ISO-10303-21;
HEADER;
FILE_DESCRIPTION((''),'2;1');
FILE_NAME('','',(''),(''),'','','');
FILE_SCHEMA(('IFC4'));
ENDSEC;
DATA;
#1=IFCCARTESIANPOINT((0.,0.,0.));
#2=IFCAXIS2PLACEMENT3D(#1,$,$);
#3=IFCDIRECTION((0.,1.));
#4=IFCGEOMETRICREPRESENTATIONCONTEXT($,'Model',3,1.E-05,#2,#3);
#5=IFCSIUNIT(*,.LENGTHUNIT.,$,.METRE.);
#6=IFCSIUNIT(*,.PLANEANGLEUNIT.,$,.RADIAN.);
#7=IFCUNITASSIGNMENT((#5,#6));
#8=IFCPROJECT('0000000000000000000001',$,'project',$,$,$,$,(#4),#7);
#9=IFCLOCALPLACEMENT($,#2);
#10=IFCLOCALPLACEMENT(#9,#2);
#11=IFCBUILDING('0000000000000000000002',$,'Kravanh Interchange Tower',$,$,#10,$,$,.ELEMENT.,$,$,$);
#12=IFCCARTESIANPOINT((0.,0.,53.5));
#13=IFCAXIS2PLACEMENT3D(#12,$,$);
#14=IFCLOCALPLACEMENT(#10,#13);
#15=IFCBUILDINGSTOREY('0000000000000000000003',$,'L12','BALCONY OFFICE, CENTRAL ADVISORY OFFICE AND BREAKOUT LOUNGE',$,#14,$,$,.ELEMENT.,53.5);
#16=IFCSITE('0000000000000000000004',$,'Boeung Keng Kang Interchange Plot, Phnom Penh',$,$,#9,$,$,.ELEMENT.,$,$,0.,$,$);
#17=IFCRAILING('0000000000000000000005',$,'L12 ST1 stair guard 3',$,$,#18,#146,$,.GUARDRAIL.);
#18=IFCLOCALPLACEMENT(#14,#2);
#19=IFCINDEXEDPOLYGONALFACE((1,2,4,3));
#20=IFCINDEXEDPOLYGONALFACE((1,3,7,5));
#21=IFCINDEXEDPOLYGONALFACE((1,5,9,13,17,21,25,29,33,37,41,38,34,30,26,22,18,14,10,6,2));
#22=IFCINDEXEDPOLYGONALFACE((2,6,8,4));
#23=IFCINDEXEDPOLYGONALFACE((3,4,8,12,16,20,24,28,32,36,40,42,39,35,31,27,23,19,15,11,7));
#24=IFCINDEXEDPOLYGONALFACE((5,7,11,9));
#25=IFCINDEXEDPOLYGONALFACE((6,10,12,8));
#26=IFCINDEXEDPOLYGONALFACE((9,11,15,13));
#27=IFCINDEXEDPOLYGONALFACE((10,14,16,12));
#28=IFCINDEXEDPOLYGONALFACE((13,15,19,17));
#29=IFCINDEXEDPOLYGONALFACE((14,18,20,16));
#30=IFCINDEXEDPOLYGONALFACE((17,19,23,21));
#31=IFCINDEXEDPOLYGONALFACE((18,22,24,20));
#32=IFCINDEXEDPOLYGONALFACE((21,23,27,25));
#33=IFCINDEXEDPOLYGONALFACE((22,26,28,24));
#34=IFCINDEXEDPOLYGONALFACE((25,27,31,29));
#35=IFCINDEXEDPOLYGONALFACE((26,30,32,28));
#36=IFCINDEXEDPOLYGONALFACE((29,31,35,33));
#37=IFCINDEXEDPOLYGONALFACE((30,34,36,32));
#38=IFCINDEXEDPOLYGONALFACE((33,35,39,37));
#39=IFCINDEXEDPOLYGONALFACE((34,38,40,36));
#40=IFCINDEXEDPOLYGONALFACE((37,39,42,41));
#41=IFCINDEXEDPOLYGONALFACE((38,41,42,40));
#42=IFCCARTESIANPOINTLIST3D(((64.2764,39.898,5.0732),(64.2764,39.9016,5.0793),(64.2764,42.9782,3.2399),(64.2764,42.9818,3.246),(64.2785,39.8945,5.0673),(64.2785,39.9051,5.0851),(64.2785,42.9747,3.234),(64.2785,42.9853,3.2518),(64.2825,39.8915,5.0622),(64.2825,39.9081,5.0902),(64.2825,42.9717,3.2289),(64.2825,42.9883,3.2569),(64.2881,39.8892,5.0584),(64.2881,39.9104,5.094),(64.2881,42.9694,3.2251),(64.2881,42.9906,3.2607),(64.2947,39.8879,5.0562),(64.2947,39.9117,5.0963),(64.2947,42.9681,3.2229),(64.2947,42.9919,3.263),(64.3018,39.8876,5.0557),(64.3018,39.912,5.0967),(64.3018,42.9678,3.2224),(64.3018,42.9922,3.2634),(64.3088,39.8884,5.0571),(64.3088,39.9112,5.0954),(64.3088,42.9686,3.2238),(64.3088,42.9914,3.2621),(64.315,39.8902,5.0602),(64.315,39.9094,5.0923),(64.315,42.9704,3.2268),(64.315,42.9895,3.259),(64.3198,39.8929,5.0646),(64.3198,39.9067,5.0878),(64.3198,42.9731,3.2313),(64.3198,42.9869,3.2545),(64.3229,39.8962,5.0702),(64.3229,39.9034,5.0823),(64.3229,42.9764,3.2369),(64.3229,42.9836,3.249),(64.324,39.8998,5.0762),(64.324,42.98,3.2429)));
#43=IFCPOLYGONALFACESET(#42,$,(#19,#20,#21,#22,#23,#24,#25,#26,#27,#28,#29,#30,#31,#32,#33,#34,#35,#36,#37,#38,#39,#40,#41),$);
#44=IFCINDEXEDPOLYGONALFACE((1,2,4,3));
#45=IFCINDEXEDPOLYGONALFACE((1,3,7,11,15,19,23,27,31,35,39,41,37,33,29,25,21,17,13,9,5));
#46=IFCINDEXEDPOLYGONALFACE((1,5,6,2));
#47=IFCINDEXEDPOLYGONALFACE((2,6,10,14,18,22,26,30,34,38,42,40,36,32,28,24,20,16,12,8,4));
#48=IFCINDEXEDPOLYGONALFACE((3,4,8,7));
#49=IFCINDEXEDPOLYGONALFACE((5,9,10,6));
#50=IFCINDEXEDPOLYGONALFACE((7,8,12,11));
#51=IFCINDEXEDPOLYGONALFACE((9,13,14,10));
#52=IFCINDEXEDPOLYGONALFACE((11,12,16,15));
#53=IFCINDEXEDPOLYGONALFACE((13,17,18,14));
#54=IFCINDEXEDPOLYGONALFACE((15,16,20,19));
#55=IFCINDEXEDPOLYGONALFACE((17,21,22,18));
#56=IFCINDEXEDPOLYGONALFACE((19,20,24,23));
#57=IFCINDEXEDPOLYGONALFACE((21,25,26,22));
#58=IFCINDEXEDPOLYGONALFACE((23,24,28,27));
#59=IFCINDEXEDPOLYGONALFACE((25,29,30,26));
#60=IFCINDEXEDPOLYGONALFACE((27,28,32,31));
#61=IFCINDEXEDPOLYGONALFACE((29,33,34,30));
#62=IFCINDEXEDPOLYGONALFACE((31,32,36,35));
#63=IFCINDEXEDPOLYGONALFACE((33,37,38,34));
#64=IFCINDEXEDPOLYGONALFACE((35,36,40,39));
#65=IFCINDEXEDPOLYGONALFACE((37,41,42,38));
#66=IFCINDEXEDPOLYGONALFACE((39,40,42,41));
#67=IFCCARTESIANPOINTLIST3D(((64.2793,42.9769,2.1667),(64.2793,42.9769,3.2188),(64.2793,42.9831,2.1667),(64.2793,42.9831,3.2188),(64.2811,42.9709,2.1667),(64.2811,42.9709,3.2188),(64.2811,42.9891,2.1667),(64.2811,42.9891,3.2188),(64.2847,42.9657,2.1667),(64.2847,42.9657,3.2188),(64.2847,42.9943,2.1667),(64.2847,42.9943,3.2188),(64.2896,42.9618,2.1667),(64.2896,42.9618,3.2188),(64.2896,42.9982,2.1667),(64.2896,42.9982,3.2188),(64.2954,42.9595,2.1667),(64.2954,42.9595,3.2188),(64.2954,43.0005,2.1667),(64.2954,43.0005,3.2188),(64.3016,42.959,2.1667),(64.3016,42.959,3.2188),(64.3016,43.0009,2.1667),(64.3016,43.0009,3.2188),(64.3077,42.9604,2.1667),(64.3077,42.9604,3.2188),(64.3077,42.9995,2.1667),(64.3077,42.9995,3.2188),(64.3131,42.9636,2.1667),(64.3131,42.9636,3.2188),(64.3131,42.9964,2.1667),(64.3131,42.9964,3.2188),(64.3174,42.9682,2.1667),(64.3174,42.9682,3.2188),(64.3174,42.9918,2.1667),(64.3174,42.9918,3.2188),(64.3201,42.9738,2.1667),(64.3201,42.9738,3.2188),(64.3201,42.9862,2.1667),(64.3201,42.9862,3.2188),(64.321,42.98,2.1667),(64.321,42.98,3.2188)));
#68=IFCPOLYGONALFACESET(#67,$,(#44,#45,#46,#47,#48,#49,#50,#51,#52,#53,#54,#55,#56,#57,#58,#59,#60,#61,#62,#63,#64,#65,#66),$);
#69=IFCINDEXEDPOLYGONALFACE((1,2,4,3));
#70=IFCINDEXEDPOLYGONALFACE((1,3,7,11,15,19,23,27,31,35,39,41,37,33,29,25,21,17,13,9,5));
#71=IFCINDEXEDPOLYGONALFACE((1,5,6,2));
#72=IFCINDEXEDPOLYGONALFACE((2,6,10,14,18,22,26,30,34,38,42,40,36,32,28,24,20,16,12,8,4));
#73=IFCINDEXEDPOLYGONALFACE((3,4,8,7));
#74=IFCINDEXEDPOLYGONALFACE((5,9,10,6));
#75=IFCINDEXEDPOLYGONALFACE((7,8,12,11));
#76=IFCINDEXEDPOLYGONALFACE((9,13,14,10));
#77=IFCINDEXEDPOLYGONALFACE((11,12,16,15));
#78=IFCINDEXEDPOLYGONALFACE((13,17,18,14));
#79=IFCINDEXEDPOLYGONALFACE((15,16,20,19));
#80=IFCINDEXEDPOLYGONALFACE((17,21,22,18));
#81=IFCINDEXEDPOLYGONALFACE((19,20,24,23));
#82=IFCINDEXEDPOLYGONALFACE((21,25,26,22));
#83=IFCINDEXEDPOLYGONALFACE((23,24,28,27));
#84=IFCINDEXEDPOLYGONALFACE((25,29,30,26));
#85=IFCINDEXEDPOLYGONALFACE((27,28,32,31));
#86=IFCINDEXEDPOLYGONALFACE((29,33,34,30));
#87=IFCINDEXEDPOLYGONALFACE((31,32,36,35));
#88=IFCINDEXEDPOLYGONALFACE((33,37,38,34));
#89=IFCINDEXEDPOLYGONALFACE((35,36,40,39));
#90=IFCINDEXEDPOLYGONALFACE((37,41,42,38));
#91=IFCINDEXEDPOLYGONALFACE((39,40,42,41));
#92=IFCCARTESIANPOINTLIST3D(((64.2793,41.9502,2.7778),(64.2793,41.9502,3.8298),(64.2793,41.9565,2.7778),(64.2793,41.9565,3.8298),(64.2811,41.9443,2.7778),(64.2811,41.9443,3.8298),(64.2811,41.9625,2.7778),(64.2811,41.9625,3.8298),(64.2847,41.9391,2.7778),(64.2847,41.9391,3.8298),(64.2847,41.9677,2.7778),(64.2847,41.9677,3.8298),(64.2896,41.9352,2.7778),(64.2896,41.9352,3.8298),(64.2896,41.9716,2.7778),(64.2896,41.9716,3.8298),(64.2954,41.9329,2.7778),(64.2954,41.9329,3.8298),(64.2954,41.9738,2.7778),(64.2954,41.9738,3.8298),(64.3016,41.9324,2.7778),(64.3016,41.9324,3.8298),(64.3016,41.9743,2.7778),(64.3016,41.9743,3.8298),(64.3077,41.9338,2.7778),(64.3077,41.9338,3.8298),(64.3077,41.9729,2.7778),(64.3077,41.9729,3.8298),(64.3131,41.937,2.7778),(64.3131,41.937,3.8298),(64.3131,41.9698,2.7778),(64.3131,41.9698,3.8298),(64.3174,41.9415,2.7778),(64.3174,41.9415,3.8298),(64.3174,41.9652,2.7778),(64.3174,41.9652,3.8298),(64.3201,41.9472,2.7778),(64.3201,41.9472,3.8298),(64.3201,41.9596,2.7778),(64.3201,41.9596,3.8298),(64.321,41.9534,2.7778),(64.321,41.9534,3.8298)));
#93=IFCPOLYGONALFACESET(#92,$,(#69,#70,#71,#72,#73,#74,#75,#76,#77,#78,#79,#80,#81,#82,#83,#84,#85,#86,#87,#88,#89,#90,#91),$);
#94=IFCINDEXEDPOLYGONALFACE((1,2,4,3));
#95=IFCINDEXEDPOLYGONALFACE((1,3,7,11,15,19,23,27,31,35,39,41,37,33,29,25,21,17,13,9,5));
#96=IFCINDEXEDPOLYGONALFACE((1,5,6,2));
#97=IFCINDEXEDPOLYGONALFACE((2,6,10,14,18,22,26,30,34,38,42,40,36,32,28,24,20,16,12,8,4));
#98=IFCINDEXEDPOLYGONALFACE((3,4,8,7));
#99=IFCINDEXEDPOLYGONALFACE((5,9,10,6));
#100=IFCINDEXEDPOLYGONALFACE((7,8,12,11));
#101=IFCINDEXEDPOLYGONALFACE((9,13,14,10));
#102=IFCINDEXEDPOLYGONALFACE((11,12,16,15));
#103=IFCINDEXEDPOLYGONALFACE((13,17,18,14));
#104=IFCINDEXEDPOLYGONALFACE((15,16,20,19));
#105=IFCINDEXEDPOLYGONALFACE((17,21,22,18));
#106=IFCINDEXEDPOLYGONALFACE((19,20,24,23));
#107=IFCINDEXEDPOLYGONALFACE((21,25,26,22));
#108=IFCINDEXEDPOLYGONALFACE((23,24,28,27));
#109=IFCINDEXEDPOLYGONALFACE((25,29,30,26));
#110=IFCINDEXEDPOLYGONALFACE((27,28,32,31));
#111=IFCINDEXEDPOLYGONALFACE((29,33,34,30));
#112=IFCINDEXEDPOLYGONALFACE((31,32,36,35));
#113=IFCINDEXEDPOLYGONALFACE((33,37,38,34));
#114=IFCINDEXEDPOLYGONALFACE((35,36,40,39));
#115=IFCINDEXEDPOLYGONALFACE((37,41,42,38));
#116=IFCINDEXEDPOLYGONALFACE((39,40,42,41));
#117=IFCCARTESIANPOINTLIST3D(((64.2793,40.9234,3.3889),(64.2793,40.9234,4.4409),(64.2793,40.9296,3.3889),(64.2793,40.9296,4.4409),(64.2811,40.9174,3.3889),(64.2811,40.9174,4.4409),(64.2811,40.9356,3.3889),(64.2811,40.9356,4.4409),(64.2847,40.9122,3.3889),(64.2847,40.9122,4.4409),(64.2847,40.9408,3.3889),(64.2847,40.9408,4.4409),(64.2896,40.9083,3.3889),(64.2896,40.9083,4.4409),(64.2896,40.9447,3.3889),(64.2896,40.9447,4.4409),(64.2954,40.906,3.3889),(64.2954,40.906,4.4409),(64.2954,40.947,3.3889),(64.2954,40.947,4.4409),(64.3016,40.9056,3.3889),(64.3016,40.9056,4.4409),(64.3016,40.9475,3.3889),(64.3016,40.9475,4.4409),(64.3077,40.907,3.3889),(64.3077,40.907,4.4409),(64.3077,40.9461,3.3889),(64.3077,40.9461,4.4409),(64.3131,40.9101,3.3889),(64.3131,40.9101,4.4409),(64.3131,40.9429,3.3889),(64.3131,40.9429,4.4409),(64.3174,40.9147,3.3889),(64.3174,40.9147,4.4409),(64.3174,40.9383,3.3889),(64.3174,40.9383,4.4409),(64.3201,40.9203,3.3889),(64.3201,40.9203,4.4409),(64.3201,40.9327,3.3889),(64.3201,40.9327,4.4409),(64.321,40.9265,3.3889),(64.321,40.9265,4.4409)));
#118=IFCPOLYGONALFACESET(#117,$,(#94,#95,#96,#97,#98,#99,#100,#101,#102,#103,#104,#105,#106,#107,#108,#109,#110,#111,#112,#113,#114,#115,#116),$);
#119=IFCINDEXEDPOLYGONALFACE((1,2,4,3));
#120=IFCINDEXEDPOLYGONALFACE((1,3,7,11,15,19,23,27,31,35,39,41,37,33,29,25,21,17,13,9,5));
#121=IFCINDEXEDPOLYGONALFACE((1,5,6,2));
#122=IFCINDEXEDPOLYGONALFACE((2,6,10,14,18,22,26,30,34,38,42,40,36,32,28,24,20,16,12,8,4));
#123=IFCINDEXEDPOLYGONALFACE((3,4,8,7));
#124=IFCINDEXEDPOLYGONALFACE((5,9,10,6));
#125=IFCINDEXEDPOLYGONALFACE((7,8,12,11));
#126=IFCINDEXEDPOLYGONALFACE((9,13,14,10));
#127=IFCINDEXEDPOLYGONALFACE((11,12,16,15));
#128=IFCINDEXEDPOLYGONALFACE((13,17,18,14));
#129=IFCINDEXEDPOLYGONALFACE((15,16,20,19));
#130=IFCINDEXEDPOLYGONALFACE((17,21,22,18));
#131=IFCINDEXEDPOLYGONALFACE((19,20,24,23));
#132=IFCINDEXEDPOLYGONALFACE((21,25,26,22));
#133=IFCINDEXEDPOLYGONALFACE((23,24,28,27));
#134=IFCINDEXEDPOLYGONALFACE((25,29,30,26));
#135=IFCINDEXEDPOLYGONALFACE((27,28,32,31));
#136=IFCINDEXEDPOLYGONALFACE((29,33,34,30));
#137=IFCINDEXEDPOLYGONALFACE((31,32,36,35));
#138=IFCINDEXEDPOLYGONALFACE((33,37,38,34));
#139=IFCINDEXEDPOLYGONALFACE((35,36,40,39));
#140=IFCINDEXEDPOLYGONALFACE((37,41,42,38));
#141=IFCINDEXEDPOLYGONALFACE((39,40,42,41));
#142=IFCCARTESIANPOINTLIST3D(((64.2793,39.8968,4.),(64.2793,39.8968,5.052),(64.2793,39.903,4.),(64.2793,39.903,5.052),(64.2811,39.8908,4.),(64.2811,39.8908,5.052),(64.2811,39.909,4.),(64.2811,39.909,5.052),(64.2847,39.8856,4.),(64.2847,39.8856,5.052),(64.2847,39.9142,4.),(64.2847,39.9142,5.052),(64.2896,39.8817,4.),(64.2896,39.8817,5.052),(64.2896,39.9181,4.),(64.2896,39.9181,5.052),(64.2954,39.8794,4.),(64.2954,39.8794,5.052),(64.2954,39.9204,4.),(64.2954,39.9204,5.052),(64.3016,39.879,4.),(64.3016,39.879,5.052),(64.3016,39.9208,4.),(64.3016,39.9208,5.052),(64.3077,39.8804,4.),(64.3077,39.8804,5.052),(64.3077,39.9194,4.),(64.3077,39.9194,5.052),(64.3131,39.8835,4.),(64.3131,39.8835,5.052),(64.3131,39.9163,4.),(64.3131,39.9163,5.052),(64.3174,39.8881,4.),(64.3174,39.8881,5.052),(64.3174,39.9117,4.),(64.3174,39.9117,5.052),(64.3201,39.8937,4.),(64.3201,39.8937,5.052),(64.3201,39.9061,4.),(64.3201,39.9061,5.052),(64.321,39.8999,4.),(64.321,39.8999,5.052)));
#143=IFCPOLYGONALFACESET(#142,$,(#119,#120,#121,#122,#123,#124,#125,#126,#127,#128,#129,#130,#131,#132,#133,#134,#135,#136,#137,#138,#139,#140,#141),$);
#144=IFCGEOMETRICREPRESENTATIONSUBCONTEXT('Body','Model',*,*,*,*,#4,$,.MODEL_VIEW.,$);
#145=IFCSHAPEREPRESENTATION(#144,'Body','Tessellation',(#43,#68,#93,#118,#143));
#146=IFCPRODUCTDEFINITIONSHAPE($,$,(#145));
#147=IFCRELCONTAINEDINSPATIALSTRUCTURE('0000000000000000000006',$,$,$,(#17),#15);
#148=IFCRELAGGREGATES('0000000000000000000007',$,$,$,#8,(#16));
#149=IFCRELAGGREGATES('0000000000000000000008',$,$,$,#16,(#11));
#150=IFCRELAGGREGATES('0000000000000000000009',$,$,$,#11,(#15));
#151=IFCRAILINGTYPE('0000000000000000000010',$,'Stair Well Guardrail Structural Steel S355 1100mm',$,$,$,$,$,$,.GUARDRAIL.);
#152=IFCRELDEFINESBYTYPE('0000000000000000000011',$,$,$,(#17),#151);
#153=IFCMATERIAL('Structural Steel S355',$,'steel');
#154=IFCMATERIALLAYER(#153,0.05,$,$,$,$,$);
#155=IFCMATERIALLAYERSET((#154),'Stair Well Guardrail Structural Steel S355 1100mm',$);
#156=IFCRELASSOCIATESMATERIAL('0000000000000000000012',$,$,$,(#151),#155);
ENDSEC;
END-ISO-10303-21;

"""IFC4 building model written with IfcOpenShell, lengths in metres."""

from ifc_helpers import new_model, si_unit, direction, frame, origin, origin_2d, place, context, subcontext, project, spatial, circle, extrude, material, layer, layer_set, type_object, element, save


model = new_model("IFC4")

# Units and contexts
model_context = context("Model", 3, precision=1e-05, world=origin(), true_north=direction((0.0, 1.0)))
body_context = subcontext(model_context, "Body", "Model", "MODEL_VIEW")
ifc_project = project(units=[si_unit("LENGTHUNIT", "METRE"), si_unit("PLANEANGLEUNIT", "RADIAN")], contexts=[model_context])

# Site, building, storey
site_placement = place(None, origin())
site = spatial("IfcSite", under=ifc_project, at=site_placement, Name="Boeung Keng Kang Interchange Plot, Phnom Penh", CompositionType="ELEMENT", RefElevation=0.0)
building_placement = place(site_placement, origin())
building = spatial("IfcBuilding", under=site, at=building_placement, Name="Kravanh Interchange Tower", CompositionType="ELEMENT")
storey_placement = place(building_placement, frame((0.0, 0.0, 53.5)))
storey = spatial("IfcBuildingStorey", under=building, at=storey_placement, Name="L12", Description="BALCONY OFFICE, CENTRAL ADVISORY OFFICE AND BREAKOUT LOUNGE", CompositionType="ELEMENT", Elevation=53.5)

# Railing
ifc_material_1 = material(Name="Structural Steel S355", Category="steel")
ifc_layer_1 = layer(ifc_material_1, 0.05)
ifc_layer_set_1 = layer_set([ifc_layer_1], Name="Stair Well Guardrail Structural Steel S355 1100mm")
railing_type_1 = type_object("IfcRailingType", Name="Stair Well Guardrail Structural Steel S355 1100mm", PredefinedType="GUARDRAIL", material=ifc_layer_set_1)
railing_1_placement = place(storey_placement, frame((64.3, 42.98, 2.1667)))
element("IfcRailing", 1, at=railing_1_placement, inside=storey, type_object=railing_type_1, Name="L12 ST1 stair guard 3", PredefinedType="GUARDRAIL", context=body_context, shape_type="SweptSolid", body=[
    extrude(circle(Radius=0.0239, at=origin_2d()), frame((0.0, 0.0, 1.0762), z_axis=(0.0, -0.859309, 0.511458), x_axis=(1.0, 0.0, 0.0)), (0.0, 0.0, 1.0), 3.5845),
    extrude(circle(Radius=0.021, at=origin_2d()), origin(), (0.0, 0.0, 1.0), 1.052),
    extrude(circle(Radius=0.021, at=origin_2d()), frame((0.0, -1.0266, 0.6111)), (0.0, 0.0, 1.0), 1.052),
    extrude(circle(Radius=0.021, at=origin_2d()), frame((0.0, -2.0535, 1.2222)), (0.0, 0.0, 1.0), 1.052),
    extrude(circle(Radius=0.021, at=origin_2d()), frame((0.0, -3.0801, 1.8333)), (0.0, 0.0, 1.0), 1.052),
])

save(model, "model.ifc")
